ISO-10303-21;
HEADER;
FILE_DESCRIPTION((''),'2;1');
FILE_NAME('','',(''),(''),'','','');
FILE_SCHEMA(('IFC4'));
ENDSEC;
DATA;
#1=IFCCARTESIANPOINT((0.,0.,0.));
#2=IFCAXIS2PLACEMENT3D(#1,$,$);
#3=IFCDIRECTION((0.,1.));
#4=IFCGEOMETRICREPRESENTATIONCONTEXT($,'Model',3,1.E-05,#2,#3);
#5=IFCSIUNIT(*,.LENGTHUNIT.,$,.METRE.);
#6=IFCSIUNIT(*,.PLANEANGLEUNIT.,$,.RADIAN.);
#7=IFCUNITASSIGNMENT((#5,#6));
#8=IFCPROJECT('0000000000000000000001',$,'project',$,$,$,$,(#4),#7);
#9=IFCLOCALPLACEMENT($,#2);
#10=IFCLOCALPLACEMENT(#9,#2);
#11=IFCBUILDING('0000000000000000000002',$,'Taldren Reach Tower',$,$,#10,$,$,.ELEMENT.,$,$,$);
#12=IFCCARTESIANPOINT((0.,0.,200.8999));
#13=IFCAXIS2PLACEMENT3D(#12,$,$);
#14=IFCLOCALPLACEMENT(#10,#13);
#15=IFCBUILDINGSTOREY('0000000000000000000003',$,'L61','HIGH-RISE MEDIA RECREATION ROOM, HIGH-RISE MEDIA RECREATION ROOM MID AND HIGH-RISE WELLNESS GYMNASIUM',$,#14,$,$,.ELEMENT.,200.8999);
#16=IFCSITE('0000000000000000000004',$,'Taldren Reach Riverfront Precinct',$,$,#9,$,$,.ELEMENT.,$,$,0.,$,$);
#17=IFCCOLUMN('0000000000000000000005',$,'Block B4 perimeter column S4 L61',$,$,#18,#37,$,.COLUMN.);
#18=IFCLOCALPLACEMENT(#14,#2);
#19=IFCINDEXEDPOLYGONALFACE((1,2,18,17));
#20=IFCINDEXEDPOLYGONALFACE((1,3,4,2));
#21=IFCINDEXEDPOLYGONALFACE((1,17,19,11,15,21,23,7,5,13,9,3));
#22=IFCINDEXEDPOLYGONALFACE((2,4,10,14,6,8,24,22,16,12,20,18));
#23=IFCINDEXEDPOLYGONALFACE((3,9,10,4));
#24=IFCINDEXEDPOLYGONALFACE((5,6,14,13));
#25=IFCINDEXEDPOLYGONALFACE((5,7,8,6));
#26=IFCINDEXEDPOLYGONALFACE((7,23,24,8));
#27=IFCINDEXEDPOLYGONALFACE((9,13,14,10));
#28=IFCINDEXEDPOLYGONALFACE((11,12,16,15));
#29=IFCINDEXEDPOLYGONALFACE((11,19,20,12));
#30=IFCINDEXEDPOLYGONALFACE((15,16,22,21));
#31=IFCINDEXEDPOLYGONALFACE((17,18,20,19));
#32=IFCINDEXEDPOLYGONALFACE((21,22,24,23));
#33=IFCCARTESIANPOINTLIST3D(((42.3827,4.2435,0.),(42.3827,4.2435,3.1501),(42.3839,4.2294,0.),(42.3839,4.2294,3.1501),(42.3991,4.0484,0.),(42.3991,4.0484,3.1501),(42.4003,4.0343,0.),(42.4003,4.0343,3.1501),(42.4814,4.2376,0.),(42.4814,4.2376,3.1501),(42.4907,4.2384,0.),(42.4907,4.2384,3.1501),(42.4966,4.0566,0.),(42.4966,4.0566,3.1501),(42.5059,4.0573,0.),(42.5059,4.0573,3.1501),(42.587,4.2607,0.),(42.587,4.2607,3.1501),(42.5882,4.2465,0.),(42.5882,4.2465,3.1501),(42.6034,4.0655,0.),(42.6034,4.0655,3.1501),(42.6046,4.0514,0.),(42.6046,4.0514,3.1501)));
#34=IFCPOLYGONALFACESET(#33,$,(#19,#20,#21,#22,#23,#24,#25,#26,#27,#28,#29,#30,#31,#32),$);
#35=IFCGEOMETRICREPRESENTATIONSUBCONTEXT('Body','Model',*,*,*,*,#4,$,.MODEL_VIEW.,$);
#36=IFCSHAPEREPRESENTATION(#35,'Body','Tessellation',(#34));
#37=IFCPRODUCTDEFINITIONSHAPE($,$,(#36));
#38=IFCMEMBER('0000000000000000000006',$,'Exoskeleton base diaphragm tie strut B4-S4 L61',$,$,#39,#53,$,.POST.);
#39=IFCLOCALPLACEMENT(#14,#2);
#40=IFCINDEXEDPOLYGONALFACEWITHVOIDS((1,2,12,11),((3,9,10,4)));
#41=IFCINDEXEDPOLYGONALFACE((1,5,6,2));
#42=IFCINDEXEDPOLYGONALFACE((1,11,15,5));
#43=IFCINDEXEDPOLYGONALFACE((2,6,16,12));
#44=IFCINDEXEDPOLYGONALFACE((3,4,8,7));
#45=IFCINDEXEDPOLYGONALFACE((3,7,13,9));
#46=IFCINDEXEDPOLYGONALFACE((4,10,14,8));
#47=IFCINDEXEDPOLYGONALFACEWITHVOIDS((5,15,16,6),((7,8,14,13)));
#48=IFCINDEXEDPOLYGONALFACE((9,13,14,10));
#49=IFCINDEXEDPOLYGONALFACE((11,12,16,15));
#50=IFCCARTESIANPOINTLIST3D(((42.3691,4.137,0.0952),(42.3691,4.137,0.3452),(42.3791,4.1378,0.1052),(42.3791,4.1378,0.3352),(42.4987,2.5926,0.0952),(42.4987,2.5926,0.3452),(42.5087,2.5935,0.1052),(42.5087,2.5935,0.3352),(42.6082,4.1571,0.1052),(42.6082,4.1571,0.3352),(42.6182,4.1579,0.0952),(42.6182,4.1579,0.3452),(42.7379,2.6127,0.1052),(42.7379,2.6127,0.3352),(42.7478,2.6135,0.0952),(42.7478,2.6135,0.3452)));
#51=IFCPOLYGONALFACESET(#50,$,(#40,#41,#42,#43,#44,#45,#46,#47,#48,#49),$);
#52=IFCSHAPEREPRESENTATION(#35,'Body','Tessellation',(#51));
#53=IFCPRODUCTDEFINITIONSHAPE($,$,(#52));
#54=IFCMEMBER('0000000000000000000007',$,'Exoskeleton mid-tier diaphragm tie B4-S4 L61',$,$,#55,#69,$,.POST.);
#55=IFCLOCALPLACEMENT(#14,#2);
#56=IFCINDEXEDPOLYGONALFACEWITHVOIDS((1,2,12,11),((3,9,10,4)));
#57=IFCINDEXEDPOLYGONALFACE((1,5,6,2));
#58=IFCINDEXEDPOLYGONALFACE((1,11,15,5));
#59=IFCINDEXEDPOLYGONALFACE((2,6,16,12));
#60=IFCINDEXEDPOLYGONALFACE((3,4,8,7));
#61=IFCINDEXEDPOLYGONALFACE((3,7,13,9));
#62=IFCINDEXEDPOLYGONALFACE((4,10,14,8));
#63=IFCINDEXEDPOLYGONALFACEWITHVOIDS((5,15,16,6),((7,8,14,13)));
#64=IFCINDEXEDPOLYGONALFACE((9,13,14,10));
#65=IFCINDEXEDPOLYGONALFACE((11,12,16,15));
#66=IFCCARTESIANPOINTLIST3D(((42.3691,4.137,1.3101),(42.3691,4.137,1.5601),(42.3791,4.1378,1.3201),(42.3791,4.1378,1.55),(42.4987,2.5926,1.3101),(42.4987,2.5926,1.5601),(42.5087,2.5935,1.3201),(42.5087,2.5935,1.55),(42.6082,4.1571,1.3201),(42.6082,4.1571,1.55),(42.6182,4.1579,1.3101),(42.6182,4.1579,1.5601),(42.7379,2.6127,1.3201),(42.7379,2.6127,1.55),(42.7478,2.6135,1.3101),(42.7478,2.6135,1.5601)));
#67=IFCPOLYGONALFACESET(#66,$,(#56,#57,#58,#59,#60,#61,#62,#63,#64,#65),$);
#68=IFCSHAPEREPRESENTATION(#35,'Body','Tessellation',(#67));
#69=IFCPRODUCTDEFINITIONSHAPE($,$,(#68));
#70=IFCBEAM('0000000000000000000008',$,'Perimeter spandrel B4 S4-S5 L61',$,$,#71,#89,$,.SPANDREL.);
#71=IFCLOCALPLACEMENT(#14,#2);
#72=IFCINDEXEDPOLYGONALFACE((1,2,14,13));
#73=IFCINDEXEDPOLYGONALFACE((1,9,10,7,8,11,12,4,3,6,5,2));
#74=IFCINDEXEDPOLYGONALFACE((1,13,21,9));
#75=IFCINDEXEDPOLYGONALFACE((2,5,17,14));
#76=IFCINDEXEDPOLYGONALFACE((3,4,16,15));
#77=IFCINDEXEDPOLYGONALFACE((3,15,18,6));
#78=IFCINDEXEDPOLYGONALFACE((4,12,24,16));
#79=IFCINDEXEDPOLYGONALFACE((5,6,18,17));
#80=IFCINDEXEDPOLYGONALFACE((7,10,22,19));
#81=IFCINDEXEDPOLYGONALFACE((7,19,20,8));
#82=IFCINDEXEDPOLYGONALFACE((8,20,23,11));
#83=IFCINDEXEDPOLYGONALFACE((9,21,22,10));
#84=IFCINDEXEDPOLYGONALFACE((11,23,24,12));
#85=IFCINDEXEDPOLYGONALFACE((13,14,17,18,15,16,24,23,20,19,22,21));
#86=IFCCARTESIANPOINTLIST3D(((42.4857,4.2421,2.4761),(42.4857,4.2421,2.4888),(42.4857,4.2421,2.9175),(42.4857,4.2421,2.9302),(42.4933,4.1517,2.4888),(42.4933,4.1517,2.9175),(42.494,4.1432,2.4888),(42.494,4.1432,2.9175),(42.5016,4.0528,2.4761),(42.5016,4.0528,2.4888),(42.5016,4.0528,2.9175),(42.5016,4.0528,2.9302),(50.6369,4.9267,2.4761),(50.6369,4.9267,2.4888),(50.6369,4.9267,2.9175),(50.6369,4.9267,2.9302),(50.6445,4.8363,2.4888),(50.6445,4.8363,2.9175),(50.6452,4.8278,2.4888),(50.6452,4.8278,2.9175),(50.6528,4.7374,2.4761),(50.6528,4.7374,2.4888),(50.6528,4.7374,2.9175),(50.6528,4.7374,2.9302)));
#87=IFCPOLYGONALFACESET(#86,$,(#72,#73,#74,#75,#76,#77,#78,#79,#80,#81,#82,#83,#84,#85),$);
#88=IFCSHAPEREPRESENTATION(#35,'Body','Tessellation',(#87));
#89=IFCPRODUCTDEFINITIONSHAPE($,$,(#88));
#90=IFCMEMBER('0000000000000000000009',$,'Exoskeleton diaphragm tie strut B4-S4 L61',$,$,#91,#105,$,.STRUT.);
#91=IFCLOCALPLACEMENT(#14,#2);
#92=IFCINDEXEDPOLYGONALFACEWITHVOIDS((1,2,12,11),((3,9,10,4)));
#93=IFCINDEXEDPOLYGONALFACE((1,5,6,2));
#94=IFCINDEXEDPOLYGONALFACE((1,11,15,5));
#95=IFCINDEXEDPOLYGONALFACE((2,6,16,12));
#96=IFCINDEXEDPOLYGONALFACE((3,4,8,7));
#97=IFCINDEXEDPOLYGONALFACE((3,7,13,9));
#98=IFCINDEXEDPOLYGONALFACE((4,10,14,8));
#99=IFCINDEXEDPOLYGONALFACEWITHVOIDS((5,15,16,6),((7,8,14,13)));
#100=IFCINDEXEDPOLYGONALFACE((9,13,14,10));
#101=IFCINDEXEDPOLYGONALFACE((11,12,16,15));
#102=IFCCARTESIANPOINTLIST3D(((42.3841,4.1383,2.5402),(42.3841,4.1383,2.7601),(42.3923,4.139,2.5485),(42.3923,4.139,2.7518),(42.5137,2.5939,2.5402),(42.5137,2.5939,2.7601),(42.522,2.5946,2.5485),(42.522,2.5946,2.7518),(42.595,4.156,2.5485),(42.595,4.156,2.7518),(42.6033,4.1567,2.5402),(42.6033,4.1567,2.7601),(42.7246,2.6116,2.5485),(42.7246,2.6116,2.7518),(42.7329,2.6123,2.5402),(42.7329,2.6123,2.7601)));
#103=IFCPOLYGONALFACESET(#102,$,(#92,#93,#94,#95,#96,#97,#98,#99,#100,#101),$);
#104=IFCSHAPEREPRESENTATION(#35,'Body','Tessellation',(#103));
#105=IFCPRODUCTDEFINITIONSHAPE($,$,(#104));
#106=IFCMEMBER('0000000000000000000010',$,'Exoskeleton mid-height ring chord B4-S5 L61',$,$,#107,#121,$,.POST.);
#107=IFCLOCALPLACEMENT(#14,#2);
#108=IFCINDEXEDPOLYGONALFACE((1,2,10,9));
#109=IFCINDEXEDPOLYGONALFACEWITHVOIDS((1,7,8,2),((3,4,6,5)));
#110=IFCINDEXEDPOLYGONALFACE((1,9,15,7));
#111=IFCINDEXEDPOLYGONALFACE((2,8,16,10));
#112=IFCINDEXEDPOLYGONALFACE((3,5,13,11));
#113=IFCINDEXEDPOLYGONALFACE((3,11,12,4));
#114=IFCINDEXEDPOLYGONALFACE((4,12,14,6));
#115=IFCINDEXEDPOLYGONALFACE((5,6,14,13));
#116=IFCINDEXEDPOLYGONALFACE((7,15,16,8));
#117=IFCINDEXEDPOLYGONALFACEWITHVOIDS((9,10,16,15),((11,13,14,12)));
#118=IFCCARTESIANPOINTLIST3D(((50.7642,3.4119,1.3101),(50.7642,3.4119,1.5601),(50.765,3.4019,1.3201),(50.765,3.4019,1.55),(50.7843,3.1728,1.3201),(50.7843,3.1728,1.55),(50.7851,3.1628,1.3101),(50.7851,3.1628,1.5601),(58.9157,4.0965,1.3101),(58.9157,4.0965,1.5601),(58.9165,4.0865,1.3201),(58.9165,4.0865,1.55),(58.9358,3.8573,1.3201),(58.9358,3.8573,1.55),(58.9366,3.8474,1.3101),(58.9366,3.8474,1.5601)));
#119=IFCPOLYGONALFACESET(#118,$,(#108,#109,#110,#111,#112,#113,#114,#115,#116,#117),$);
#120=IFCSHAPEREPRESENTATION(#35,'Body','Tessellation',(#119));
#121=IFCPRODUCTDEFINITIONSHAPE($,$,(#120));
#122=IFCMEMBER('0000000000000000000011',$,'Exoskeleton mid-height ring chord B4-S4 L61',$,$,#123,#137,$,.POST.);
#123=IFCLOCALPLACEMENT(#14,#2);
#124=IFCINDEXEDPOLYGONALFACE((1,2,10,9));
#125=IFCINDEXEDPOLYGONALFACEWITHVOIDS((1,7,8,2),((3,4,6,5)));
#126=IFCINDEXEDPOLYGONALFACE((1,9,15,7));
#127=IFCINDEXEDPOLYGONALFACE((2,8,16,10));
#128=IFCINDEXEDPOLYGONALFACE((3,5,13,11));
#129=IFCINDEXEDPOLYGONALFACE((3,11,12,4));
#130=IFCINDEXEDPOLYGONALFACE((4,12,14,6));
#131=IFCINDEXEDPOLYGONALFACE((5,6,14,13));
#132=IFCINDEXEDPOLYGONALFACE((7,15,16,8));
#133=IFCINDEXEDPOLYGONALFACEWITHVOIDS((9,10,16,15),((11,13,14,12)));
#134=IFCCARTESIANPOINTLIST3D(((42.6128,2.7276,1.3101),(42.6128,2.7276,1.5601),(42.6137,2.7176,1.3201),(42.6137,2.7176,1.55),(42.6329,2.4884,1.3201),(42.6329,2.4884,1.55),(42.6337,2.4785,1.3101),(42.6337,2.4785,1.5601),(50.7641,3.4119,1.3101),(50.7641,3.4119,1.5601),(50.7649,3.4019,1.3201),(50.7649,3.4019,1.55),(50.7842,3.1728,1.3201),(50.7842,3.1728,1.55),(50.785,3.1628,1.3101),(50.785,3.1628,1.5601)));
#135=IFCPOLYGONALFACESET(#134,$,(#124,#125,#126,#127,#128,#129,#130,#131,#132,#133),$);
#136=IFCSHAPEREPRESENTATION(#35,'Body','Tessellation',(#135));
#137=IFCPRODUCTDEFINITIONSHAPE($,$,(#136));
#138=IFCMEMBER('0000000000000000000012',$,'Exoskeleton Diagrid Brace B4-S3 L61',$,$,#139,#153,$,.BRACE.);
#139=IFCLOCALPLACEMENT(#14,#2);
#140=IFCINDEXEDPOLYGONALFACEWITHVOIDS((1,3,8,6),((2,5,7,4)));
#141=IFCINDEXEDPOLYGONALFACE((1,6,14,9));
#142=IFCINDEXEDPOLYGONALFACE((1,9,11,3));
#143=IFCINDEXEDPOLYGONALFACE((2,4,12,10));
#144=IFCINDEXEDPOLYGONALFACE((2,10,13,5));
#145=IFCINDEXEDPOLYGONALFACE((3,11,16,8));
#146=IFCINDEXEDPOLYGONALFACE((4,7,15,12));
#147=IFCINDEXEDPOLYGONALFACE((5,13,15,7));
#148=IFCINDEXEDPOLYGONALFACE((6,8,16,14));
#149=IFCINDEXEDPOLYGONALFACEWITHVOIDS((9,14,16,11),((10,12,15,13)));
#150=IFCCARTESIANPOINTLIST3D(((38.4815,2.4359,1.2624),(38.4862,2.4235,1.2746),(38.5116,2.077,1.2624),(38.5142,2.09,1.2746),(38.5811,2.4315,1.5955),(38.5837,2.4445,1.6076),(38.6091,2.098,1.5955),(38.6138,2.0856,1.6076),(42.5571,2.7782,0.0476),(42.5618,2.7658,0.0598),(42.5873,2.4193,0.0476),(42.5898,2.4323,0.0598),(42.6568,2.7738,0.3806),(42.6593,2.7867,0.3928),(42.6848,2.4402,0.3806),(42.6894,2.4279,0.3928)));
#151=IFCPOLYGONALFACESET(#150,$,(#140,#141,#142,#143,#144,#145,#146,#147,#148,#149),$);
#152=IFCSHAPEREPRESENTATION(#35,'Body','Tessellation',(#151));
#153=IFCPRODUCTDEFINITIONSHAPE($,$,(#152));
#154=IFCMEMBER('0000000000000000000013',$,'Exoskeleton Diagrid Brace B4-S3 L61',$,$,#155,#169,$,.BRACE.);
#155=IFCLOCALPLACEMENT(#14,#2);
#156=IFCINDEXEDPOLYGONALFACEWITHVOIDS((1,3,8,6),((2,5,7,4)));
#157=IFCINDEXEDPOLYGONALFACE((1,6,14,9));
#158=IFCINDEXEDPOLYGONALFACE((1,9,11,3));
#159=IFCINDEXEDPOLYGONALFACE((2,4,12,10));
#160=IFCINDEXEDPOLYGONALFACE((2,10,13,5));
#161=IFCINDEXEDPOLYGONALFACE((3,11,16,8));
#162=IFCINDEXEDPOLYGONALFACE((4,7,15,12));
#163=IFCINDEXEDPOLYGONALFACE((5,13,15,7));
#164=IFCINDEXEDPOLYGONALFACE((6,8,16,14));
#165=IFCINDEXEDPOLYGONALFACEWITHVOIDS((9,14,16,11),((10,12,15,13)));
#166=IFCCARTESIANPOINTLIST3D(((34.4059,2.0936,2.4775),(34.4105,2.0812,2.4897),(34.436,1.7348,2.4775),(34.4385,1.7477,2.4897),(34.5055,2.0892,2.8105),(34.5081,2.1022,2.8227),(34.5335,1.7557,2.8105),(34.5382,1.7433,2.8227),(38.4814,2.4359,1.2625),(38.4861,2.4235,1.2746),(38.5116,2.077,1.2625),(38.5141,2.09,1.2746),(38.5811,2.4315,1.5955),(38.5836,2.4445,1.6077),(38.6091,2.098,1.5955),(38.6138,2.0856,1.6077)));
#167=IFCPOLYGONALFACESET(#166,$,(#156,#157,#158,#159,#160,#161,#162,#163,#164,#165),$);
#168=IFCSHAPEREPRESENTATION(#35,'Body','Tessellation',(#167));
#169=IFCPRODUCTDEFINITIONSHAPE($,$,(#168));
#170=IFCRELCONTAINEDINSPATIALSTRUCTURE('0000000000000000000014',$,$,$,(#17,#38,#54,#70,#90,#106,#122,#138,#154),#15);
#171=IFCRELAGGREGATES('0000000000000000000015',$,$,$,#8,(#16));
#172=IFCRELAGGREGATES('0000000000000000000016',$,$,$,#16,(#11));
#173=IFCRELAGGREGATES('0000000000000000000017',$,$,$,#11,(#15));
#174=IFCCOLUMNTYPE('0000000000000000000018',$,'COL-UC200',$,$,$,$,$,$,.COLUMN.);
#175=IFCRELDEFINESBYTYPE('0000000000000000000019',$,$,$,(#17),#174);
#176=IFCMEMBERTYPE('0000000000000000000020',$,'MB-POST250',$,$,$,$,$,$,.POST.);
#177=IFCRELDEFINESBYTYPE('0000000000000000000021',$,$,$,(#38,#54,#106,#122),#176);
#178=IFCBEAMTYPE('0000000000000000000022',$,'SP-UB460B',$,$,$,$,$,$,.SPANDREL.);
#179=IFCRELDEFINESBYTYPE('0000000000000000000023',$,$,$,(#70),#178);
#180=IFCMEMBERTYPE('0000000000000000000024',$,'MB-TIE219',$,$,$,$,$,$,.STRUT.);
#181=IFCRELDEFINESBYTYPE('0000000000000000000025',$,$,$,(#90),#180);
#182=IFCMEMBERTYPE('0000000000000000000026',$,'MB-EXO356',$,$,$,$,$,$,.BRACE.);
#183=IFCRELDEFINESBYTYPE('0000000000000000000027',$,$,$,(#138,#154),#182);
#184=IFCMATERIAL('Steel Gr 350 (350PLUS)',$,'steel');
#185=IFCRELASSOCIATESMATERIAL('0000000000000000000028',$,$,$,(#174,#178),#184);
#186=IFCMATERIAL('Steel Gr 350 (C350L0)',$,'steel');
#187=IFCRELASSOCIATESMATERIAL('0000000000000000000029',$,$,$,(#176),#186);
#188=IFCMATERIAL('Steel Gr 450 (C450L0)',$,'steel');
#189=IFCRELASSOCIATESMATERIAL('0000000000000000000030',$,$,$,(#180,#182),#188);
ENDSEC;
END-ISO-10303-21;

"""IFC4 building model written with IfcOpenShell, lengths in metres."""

from ifc_helpers import new_model, si_unit, direction, frame, origin, origin_2d, place, context, subcontext, project, spatial, hollow_rectangle, i_section, extrude, source, transform, mapped, material, material_profile, profile_set, type_object, element, save


model = new_model("IFC4")

# Units and contexts
model_context = context("Model", 3, precision=1e-05, world=origin(), true_north=direction((0.0, 1.0)))
body_context = subcontext(model_context, "Body", "Model", "MODEL_VIEW")
ifc_project = project(units=[si_unit("LENGTHUNIT", "METRE"), si_unit("PLANEANGLEUNIT", "RADIAN")], contexts=[model_context])

# Site, building, storey
site_placement = place(None, origin())
site = spatial("IfcSite", under=ifc_project, at=site_placement, Name="Taldren Reach Riverfront Precinct", CompositionType="ELEMENT", RefElevation=0.0)
building_placement = place(site_placement, origin())
building = spatial("IfcBuilding", under=site, at=building_placement, Name="Taldren Reach Tower", CompositionType="ELEMENT")
storey_placement = place(building_placement, frame((0.0, 0.0, 200.8999)))
storey = spatial("IfcBuildingStorey", under=building, at=storey_placement, Name="L61", Description="HIGH-RISE MEDIA RECREATION ROOM, HIGH-RISE MEDIA RECREATION ROOM MID AND HIGH-RISE WELLNESS GYMNASIUM", CompositionType="ELEMENT", Elevation=200.8999)

# Column
ifc_material_1 = material(Name="Steel Gr 350 (350PLUS)", Category="steel")
ifc_material_profile_1 = material_profile(ifc_material_1, i_section(OverallWidth=0.2051, OverallDepth=0.21, WebThickness=0.0093, FlangeThickness=0.0142, at=origin_2d()), Name="200UC59.5")
ifc_profile_set_1 = profile_set([ifc_material_profile_1], Name="Steel Gr 350 (350PLUS)")
column_type = type_object("IfcColumnType", Name="COL-UC200", PredefinedType="COLUMN", material=ifc_profile_set_1)
shared_shape_1 = source(origin(), body_context, "Body", "SweptSolid", [
    extrude(i_section(OverallWidth=0.2051, OverallDepth=0.21, WebThickness=0.0093, FlangeThickness=0.0142, at=origin_2d()), origin(), (0.0, 0.0, 1.0), 3.1501),
])
column_placement = place(storey_placement, frame((42.4937, 4.1475, 0.0), z_axis=(0.0, 0.0, 1.0), x_axis=(0.996493, 0.083678, 0.0)))
element("IfcColumn", 1, at=column_placement, inside=storey, type_object=column_type, Name="Block B4 perimeter column S4 L61", PredefinedType="COLUMN", context=body_context, shape_type="MappedRepresentation", body=[
    mapped(shared_shape_1, transform((0.0, 0.0, 0.0), scale=1.0)),
])

# Members
ifc_material_2 = material(Name="Steel Gr 350 (C350L0)", Category="steel")
ifc_material_profile_2 = material_profile(ifc_material_2, hollow_rectangle(XDim=0.25, YDim=0.25, WallThickness=0.01, at=origin_2d()), Name="250x250x10.0SHS")
ifc_profile_set_2 = profile_set([ifc_material_profile_2], Name="Steel Gr 350 (C350L0)")
member_type_1 = type_object("IfcMemberType", Name="MB-POST250", PredefinedType="POST", material=ifc_profile_set_2)
shared_shape_2 = source(origin(), body_context, "Body", "SweptSolid", [
    extrude(hollow_rectangle(XDim=0.25, YDim=0.25, WallThickness=0.01, at=origin_2d()), origin(), (0.0, 0.0, 1.0), 1.5498),
])
for number, where, z_axis, x_axis, name in (
    (2, (42.4937, 4.1475, 0.2202), (0.083645, -0.996496, 0.0), (0.996496, 0.083645, 0.0), "Exoskeleton base diaphragm tie strut B4-S4 L61"),
    (3, (42.4937, 4.1475, 1.4351), (0.083645, -0.996496, 0.0), (0.996496, 0.083645, 0.0), "Exoskeleton mid-tier diaphragm tie B4-S4 L61"),
):
    element("IfcMember", number, at=place(storey_placement, frame(where, z_axis=z_axis, x_axis=x_axis)), inside=storey, type_object=member_type_1, Name=name, PredefinedType="POST", context=body_context, shape_type="MappedRepresentation", body=[
        mapped(shared_shape_2, transform((0.0, 0.0, 0.0), scale=1.0)),
    ])

# Beam
ifc_material_profile_3 = material_profile(ifc_material_1, i_section(OverallWidth=0.1899, OverallDepth=0.4541, WebThickness=0.0085, FlangeThickness=0.0127, at=origin_2d()), Name="460UB67.1")
ifc_profile_set_3 = profile_set([ifc_material_profile_3], Name="Steel Gr 350 (350PLUS)")
beam_type = type_object("IfcBeamType", Name="SP-UB460B", PredefinedType="SPANDREL", material=ifc_profile_set_3)
shared_shape_3 = source(origin(), body_context, "Body", "SweptSolid", [
    extrude(i_section(OverallWidth=0.1899, OverallDepth=0.4541, WebThickness=0.0085, FlangeThickness=0.0127, at=origin_2d()), origin(), (0.0, 0.0, 1.0), 8.1799),
])
beam_placement = place(storey_placement, frame((42.4937, 4.1475, 2.7031), z_axis=(0.996492, 0.08369, 0.0), x_axis=(-0.08369, 0.996492, 0.0)))
element("IfcBeam", 4, at=beam_placement, inside=storey, type_object=beam_type, Name="Perimeter spandrel B4 S4-S5 L61", PredefinedType="SPANDREL", context=body_context, shape_type="MappedRepresentation", body=[
    mapped(shared_shape_3, transform((0.0, 0.0, 0.0), scale=1.0)),
])

# Members
ifc_material_3 = material(Name="Steel Gr 450 (C450L0)", Category="steel")
ifc_material_profile_4 = material_profile(ifc_material_3, hollow_rectangle(XDim=0.22, YDim=0.22, WallThickness=0.0083, at=origin_2d()), Name="220x220x8.2SHS")
ifc_profile_set_4 = profile_set([ifc_material_profile_4], Name="Steel Gr 450 (C450L0)")
member_type_2 = type_object("IfcMemberType", Name="MB-TIE219", PredefinedType="STRUT", material=ifc_profile_set_4)
shared_shape_4 = source(origin(), body_context, "Body", "SweptSolid", [
    extrude(hollow_rectangle(XDim=0.22, YDim=0.22, WallThickness=0.0083, at=origin_2d()), origin(), (0.0, 0.0, 1.0), 1.5498),
])
member_1_placement = place(storey_placement, frame((42.4937, 4.1475, 2.6501), z_axis=(0.083645, -0.996496, 0.0), x_axis=(0.996496, 0.083645, 0.0)))
element("IfcMember", 5, at=member_1_placement, inside=storey, type_object=member_type_2, Name="Exoskeleton diaphragm tie strut B4-S4 L61", PredefinedType="STRUT", context=body_context, shape_type="MappedRepresentation", body=[
    mapped(shared_shape_4, transform((0.0, 0.0, 0.0), scale=1.0)),
])
shared_shape_5 = source(origin(), body_context, "Body", "SweptSolid", [
    extrude(hollow_rectangle(XDim=0.25, YDim=0.25, WallThickness=0.01, at=origin_2d()), origin(), (0.0, 0.0, 1.0), 8.1802),
])
member_2_placement = place(storey_placement, frame((50.7747, 3.2874, 1.4351), z_axis=(0.996492, 0.083688, 0.0), x_axis=(-0.083688, 0.996492, 0.0)))
element("IfcMember", 6, at=member_2_placement, inside=storey, type_object=member_type_1, Name="Exoskeleton mid-height ring chord B4-S5 L61", PredefinedType="POST", context=body_context, shape_type="MappedRepresentation", body=[
    mapped(shared_shape_5, transform((0.0, 0.0, 0.0), scale=1.0)),
])
shared_shape_6 = source(origin(), body_context, "Body", "SweptSolid", [
    extrude(hollow_rectangle(XDim=0.25, YDim=0.25, WallThickness=0.01, at=origin_2d()), origin(), (0.0, 0.0, 1.0), 8.1799),
])
member_3_placement = place(storey_placement, frame((42.6233, 2.603, 1.4351), z_axis=(0.996495, 0.083658, 0.0), x_axis=(-0.083658, 0.996495, 0.0)))
element("IfcMember", 7, at=member_3_placement, inside=storey, type_object=member_type_1, Name="Exoskeleton mid-height ring chord B4-S4 L61", PredefinedType="POST", context=body_context, shape_type="MappedRepresentation", body=[
    mapped(shared_shape_6, transform((0.0, 0.0, 0.0), scale=1.0)),
])
ifc_material_profile_5 = material_profile(ifc_material_3, hollow_rectangle(XDim=0.3601, YDim=0.3601, WallThickness=0.0127, at=origin_2d()), Name="360x360x12.7SHS")
ifc_profile_set_5 = profile_set([ifc_material_profile_5], Name="Steel Gr 450 (C450L0)")
member_type_3 = type_object("IfcMemberType", Name="MB-EXO356", PredefinedType="BRACE", material=ifc_profile_set_5)
shared_shape_7 = source(origin(), body_context, "Body", "SweptSolid", [
    extrude(hollow_rectangle(XDim=0.3601, YDim=0.3601, WallThickness=0.0127, at=origin_2d()), origin(), (0.0, 0.0, 1.0), 4.2666),
])
for number, where, z_axis, x_axis, name in (
    (8, (42.6233, 2.603, 0.2202), (-0.955245, -0.080224, 0.284731), (0.083688, -0.996492, 0.0), "Exoskeleton Diagrid Brace B4-S3 L61"),
    (9, (38.5476, 2.2607, 1.4351), (-0.955229, -0.080222, 0.284783), (0.083688, -0.996492, 0.0), "Exoskeleton Diagrid Brace B4-S3 L61"),
):
    element("IfcMember", number, at=place(storey_placement, frame(where, z_axis=z_axis, x_axis=x_axis)), inside=storey, type_object=member_type_3, Name=name, PredefinedType="BRACE", context=body_context, shape_type="MappedRepresentation", body=[
        mapped(shared_shape_7, transform((0.0, 0.0, 0.0), scale=1.0)),
    ])

save(model, "model.ifc")
